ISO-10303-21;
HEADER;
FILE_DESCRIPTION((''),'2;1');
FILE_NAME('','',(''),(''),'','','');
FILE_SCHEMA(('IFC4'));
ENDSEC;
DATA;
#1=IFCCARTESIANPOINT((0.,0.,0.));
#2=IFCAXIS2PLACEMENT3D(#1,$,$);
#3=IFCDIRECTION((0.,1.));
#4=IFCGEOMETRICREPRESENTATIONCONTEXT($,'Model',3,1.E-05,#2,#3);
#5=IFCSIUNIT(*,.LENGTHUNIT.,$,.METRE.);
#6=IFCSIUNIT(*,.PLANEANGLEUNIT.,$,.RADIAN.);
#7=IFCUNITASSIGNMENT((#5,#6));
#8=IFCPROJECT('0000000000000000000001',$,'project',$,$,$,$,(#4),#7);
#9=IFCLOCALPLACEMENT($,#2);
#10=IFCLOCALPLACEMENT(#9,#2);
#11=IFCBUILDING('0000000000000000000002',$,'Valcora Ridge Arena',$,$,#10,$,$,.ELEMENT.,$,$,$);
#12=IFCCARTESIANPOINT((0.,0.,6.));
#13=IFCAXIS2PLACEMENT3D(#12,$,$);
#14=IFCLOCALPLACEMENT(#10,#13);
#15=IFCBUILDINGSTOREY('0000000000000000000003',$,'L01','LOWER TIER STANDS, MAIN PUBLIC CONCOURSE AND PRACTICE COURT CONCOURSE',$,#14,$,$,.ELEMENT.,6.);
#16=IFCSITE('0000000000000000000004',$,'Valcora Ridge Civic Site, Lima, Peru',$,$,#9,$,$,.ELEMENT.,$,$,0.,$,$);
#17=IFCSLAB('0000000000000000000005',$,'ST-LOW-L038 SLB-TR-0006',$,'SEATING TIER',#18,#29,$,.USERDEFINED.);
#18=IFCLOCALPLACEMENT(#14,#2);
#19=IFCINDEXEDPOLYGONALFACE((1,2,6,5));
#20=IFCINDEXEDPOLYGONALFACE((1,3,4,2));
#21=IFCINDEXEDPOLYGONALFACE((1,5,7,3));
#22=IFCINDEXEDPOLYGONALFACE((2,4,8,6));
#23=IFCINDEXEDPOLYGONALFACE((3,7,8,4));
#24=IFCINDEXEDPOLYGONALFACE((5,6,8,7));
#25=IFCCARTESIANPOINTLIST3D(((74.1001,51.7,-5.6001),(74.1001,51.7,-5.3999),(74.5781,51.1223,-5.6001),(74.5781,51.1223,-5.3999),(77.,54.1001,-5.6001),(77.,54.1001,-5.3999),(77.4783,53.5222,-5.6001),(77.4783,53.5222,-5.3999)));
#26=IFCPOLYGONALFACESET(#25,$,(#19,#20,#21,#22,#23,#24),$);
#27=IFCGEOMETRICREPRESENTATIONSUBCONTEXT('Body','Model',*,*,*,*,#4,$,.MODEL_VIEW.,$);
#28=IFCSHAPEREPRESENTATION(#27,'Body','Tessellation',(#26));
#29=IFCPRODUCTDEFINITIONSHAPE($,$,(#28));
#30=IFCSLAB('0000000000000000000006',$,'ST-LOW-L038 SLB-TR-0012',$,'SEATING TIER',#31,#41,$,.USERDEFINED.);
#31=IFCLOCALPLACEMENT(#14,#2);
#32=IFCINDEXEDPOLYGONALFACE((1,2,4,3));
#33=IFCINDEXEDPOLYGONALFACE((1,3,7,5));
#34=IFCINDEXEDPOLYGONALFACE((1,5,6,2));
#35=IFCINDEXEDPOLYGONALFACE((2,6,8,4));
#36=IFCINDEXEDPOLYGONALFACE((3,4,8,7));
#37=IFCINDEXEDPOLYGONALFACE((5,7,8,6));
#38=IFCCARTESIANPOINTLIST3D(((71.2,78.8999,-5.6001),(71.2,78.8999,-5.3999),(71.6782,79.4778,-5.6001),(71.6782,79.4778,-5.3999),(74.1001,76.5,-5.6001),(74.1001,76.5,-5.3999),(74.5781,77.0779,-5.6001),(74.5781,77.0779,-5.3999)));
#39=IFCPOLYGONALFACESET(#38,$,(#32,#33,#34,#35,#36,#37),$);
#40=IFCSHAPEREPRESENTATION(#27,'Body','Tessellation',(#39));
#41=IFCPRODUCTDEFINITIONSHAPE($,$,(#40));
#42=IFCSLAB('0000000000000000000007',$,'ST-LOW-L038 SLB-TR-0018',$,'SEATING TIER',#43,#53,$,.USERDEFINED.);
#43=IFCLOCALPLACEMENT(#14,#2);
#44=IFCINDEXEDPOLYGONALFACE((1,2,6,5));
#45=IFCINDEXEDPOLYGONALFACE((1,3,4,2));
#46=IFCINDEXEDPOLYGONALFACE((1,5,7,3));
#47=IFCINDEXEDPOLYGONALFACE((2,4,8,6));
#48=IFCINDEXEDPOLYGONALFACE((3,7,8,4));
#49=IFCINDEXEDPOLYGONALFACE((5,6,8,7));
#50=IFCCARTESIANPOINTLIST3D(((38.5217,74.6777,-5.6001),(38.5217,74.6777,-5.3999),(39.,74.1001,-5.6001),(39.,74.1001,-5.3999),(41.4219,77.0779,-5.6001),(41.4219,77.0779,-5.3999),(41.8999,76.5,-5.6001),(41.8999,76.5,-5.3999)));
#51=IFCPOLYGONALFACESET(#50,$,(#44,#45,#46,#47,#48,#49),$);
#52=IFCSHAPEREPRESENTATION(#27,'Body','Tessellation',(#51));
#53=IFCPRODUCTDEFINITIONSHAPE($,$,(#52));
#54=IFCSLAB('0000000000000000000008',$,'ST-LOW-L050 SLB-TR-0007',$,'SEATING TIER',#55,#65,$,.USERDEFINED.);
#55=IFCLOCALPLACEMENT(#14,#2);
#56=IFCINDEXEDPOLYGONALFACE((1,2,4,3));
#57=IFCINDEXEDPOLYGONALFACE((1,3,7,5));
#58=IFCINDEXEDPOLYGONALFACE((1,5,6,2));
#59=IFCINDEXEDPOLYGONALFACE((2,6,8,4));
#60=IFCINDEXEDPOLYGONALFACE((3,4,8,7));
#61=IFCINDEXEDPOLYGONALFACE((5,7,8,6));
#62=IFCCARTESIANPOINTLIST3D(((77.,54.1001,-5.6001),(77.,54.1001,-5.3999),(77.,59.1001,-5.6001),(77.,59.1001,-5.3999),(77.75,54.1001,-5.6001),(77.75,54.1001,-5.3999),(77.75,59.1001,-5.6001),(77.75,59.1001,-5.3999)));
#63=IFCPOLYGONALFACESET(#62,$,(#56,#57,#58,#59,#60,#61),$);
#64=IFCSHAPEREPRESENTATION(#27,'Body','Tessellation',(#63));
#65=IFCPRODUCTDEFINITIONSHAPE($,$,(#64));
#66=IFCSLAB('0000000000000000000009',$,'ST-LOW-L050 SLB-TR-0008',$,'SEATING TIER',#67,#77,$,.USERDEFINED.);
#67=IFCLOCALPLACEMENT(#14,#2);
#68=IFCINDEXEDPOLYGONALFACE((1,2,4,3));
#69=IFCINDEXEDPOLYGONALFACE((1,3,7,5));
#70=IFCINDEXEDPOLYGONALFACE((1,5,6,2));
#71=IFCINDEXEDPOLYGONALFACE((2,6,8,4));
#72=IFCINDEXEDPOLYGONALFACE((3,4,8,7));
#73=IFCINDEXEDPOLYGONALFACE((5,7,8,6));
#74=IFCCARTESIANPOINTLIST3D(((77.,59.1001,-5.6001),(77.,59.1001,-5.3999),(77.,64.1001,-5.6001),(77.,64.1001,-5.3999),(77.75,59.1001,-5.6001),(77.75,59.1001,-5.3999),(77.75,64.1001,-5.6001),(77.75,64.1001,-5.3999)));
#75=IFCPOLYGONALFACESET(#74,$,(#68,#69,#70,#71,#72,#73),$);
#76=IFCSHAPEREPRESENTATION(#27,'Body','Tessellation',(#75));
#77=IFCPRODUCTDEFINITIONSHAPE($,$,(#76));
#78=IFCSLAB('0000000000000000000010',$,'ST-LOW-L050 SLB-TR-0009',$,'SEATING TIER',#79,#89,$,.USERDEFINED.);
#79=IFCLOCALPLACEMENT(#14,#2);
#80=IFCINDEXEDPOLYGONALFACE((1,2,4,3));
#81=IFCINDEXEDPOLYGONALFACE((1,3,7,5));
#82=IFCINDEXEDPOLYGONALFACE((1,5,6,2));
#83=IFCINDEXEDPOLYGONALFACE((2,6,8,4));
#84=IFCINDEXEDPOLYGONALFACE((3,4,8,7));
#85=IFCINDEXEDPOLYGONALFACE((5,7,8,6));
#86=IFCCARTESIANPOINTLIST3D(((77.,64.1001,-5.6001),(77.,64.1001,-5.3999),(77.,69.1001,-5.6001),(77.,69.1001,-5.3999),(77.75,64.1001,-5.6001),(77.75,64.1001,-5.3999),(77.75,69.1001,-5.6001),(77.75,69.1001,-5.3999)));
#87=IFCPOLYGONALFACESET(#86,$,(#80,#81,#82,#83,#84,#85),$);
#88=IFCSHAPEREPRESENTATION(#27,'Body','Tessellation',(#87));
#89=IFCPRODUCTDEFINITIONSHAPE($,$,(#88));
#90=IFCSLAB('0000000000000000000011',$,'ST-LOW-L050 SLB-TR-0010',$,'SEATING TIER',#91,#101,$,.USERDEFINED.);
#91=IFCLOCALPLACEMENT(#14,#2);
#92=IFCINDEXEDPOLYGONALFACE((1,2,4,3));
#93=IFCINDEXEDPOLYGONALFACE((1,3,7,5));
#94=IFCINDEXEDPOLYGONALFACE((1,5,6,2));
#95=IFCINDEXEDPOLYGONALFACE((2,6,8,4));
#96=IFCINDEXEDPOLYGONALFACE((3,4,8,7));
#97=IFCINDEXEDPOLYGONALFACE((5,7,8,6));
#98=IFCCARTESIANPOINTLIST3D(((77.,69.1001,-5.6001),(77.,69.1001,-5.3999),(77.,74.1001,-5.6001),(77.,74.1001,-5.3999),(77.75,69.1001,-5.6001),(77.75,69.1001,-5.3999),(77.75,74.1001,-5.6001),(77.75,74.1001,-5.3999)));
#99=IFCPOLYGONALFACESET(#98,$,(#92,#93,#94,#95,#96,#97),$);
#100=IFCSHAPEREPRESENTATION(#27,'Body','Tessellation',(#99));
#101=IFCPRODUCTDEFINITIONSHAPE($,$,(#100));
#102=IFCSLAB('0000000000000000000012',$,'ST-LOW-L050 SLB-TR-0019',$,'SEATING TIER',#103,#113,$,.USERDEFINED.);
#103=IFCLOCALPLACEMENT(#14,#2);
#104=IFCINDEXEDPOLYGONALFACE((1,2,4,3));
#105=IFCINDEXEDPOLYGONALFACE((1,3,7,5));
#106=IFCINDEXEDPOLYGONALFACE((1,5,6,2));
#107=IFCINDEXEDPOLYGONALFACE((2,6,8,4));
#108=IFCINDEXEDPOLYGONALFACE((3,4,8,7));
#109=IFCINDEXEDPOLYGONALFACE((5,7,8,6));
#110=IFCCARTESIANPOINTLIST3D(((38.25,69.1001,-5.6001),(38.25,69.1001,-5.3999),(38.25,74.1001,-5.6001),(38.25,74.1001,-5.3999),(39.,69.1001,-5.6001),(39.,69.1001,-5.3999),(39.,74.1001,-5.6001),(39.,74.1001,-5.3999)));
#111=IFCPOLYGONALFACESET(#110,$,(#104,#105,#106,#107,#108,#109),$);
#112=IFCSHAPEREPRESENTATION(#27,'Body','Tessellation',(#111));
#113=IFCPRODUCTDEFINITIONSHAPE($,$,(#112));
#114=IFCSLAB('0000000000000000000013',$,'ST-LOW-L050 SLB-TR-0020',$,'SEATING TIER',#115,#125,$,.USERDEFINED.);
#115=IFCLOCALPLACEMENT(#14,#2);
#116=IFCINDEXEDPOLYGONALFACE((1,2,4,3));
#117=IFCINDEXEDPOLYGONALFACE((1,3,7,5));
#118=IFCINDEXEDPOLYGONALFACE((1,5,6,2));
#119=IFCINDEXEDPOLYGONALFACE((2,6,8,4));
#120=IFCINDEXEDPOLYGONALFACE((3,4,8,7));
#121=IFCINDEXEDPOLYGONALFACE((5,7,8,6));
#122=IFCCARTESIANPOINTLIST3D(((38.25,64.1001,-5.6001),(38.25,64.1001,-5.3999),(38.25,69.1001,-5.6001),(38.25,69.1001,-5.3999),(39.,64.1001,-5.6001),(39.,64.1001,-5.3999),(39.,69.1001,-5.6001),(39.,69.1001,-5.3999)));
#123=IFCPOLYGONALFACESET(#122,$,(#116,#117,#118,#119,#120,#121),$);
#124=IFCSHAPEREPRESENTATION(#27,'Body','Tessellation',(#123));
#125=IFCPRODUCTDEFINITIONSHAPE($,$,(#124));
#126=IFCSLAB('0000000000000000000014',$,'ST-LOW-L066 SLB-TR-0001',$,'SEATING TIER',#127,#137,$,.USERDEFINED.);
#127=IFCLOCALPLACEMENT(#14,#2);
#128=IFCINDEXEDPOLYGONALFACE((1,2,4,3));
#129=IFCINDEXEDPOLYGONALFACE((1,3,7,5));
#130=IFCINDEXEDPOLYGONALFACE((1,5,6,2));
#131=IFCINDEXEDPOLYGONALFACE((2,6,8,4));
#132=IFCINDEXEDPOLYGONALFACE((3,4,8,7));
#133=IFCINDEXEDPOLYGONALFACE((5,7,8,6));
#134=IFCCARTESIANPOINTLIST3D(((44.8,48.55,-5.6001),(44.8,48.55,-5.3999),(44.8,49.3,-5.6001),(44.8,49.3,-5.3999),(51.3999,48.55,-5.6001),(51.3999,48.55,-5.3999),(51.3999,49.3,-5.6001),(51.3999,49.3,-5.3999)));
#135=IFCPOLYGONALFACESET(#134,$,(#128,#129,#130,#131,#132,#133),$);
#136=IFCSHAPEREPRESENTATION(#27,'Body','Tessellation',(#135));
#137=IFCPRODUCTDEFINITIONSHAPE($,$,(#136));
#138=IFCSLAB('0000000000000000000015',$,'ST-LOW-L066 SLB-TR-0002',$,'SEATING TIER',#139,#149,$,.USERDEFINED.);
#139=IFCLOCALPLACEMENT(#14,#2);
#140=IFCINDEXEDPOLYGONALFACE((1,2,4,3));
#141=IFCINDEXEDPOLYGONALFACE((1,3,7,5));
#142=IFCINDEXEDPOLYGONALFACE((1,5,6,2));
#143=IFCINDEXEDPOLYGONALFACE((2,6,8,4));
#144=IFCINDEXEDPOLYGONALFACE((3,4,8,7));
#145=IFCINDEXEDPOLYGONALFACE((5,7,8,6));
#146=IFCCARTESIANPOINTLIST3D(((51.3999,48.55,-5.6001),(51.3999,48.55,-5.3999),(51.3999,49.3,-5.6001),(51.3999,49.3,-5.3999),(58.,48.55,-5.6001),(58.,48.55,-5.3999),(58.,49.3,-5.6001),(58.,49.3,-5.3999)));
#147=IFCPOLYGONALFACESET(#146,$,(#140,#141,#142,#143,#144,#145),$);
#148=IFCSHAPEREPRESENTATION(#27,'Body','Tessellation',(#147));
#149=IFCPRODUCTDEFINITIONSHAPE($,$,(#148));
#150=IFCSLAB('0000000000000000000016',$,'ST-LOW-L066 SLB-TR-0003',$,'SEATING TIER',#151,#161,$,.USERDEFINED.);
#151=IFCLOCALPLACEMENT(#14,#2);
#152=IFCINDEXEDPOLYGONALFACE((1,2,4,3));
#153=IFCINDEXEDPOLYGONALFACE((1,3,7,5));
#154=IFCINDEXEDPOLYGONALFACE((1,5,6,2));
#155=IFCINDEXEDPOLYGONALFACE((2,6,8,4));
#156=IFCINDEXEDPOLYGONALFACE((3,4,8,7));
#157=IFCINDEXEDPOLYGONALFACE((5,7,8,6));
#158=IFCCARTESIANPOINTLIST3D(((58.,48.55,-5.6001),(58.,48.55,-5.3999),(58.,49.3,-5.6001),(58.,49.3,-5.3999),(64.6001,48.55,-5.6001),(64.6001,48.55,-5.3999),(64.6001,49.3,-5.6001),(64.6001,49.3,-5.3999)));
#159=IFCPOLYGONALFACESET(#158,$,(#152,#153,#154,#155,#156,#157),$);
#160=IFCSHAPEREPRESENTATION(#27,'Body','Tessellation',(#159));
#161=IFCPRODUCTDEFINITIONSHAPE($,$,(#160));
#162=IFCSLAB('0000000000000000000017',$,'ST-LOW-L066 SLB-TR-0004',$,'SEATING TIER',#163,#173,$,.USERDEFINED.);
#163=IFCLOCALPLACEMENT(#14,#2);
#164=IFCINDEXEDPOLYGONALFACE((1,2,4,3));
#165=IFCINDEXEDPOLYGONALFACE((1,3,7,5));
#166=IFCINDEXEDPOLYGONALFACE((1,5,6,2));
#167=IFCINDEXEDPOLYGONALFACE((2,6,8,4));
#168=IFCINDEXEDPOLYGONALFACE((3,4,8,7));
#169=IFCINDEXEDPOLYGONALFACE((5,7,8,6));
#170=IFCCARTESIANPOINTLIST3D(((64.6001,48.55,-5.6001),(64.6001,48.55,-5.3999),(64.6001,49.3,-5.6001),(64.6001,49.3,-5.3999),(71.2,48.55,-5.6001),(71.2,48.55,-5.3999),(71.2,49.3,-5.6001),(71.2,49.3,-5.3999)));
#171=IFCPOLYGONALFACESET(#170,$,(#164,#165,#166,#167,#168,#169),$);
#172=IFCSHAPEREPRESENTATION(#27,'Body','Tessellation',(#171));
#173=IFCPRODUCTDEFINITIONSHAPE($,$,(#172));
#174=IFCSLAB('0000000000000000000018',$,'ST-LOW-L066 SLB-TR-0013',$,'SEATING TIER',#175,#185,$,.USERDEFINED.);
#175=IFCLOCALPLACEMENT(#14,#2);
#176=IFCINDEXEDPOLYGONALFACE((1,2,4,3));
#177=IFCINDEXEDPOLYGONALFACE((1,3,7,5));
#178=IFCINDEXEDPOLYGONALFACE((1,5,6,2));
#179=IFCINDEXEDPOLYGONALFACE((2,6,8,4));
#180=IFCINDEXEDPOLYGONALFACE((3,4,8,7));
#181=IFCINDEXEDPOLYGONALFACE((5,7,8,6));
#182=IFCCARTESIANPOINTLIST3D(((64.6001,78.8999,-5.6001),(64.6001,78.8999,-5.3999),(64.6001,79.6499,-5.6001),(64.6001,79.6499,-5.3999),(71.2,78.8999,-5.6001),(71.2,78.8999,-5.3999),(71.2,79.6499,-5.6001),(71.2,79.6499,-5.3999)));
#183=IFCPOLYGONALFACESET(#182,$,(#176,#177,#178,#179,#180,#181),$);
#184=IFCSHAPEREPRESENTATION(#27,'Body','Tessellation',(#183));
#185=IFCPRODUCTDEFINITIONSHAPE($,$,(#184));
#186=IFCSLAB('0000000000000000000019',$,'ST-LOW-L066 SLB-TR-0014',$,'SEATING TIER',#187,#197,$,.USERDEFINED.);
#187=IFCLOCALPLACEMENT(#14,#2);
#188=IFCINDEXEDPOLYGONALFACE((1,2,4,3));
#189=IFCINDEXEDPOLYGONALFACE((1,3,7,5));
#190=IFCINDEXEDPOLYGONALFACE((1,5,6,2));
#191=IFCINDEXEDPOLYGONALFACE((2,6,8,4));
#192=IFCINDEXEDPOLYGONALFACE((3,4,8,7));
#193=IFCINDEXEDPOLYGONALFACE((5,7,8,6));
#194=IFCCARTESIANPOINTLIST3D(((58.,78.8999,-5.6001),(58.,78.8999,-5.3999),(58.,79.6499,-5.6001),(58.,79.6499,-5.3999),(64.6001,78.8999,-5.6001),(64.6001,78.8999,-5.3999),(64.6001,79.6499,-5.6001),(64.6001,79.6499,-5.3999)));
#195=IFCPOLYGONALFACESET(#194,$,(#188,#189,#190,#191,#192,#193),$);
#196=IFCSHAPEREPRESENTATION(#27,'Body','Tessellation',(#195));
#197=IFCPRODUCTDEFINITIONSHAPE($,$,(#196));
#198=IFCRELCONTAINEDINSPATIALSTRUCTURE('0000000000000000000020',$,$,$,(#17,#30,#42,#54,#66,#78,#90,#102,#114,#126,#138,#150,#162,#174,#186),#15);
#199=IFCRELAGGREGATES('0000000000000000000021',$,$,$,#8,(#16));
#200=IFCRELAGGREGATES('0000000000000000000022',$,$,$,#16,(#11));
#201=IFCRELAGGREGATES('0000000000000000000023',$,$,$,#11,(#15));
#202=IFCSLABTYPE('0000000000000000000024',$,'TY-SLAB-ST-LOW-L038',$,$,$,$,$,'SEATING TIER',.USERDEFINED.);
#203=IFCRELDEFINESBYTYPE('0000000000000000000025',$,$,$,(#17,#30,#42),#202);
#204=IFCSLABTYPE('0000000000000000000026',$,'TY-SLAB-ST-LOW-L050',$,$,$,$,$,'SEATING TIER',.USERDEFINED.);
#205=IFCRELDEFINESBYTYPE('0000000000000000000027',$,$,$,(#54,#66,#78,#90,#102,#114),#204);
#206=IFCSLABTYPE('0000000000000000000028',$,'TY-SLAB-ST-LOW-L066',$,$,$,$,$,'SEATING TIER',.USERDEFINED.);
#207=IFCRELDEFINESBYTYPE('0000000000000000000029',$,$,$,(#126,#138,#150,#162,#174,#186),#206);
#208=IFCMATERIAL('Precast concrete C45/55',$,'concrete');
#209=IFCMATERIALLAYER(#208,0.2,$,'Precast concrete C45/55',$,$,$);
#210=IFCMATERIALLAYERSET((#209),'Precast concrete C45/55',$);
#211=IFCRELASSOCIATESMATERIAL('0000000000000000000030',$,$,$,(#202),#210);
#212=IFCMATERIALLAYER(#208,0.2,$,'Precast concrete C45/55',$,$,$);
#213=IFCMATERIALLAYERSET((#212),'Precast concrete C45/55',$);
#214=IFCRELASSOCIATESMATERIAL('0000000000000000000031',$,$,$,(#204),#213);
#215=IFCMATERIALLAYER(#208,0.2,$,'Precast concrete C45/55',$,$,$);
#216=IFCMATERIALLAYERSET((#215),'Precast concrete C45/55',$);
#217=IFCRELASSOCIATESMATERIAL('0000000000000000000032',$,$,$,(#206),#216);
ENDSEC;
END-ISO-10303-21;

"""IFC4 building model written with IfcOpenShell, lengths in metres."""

from ifc_helpers import new_model, si_unit, direction, frame, origin, place, context, subcontext, project, spatial, polyline, outline, extrude, material, layer, layer_set, type_object, element, save


model = new_model("IFC4")

# Units and contexts
model_context = context("Model", 3, precision=1e-05, world=origin(), true_north=direction((0.0, 1.0)))
body_context = subcontext(model_context, "Body", "Model", "MODEL_VIEW")
ifc_project = project(units=[si_unit("LENGTHUNIT", "METRE"), si_unit("PLANEANGLEUNIT", "RADIAN")], contexts=[model_context])

# Site, building, storey
site_placement = place(None, origin())
site = spatial("IfcSite", under=ifc_project, at=site_placement, Name="Valcora Ridge Civic Site, Lima, Peru", CompositionType="ELEMENT", RefElevation=0.0)
building_placement = place(site_placement, origin())
building = spatial("IfcBuilding", under=site, at=building_placement, Name="Valcora Ridge Arena", CompositionType="ELEMENT")
storey_placement = place(building_placement, frame((0.0, 0.0, 6.0)))
storey = spatial("IfcBuildingStorey", under=building, at=storey_placement, Name="L01", Description="LOWER TIER STANDS, MAIN PUBLIC CONCOURSE AND PRACTICE COURT CONCOURSE", CompositionType="ELEMENT", Elevation=6.0)

# Slabs
ifc_material = material(Name="Precast concrete C45/55", Category="concrete")
ifc_layer_1 = layer(ifc_material, 0.2, Name="Precast concrete C45/55")
ifc_layer_set_1 = layer_set([ifc_layer_1], Name="Precast concrete C45/55")
slab_type_1 = type_object("IfcSlabType", Name="TY-SLAB-ST-LOW-L038", ElementType="SEATING TIER", PredefinedType="USERDEFINED", material=ifc_layer_set_1)
slab_1_placement = place(storey_placement, frame((0.0, 0.0, -5.6001)))
element("IfcSlab", 1, at=slab_1_placement, inside=storey, type_object=slab_type_1, Name="ST-LOW-L038 SLB-TR-0006", ObjectType="SEATING TIER", PredefinedType="USERDEFINED", context=body_context, shape_type="SweptSolid", body=[
    extrude(outline(polyline([(74.1001, 51.7), (77.0, 54.1001), (77.4783, 53.5222), (74.5781, 51.1223), (74.1001, 51.7)])), origin(), (0.0, 0.0, 1.0), 0.2002),
])
slab_2_placement = place(storey_placement, frame((0.0, 0.0, -5.6001)))
element("IfcSlab", 2, at=slab_2_placement, inside=storey, type_object=slab_type_1, Name="ST-LOW-L038 SLB-TR-0012", ObjectType="SEATING TIER", PredefinedType="USERDEFINED", context=body_context, shape_type="SweptSolid", body=[
    extrude(outline(polyline([(74.1001, 76.5), (71.2, 78.8999), (71.6782, 79.4778), (74.5781, 77.0779), (74.1001, 76.5)])), origin(), (0.0, 0.0, 1.0), 0.2002),
])
slab_3_placement = place(storey_placement, frame((0.0, 0.0, -5.6001)))
element("IfcSlab", 3, at=slab_3_placement, inside=storey, type_object=slab_type_1, Name="ST-LOW-L038 SLB-TR-0018", ObjectType="SEATING TIER", PredefinedType="USERDEFINED", context=body_context, shape_type="SweptSolid", body=[
    extrude(outline(polyline([(41.8999, 76.5), (39.0, 74.1001), (38.5217, 74.6777), (41.4219, 77.0779), (41.8999, 76.5)])), origin(), (0.0, 0.0, 1.0), 0.2002),
])
ifc_layer_2 = layer(ifc_material, 0.2, Name="Precast concrete C45/55")
ifc_layer_set_2 = layer_set([ifc_layer_2], Name="Precast concrete C45/55")
slab_type_2 = type_object("IfcSlabType", Name="TY-SLAB-ST-LOW-L050", ElementType="SEATING TIER", PredefinedType="USERDEFINED", material=ifc_layer_set_2)
slab_4_placement = place(storey_placement, frame((0.0, 0.0, -5.6001)))
element("IfcSlab", 4, at=slab_4_placement, inside=storey, type_object=slab_type_2, Name="ST-LOW-L050 SLB-TR-0007", ObjectType="SEATING TIER", PredefinedType="USERDEFINED", context=body_context, shape_type="SweptSolid", body=[
    extrude(outline(polyline([(77.0, 54.1001), (77.0, 59.1001), (77.75, 59.1001), (77.75, 54.1001), (77.0, 54.1001)])), origin(), (0.0, 0.0, 1.0), 0.2002),
])
slab_5_placement = place(storey_placement, frame((0.0, 0.0, -5.6001)))
element("IfcSlab", 5, at=slab_5_placement, inside=storey, type_object=slab_type_2, Name="ST-LOW-L050 SLB-TR-0008", ObjectType="SEATING TIER", PredefinedType="USERDEFINED", context=body_context, shape_type="SweptSolid", body=[
    extrude(outline(polyline([(77.0, 59.1001), (77.0, 64.1001), (77.75, 64.1001), (77.75, 59.1001), (77.0, 59.1001)])), origin(), (0.0, 0.0, 1.0), 0.2002),
])
slab_6_placement = place(storey_placement, frame((0.0, 0.0, -5.6001)))
element("IfcSlab", 6, at=slab_6_placement, inside=storey, type_object=slab_type_2, Name="ST-LOW-L050 SLB-TR-0009", ObjectType="SEATING TIER", PredefinedType="USERDEFINED", context=body_context, shape_type="SweptSolid", body=[
    extrude(outline(polyline([(77.0, 64.1001), (77.0, 69.1001), (77.75, 69.1001), (77.75, 64.1001), (77.0, 64.1001)])), origin(), (0.0, 0.0, 1.0), 0.2002),
])
slab_7_placement = place(storey_placement, frame((0.0, 0.0, -5.6001)))
element("IfcSlab", 7, at=slab_7_placement, inside=storey, type_object=slab_type_2, Name="ST-LOW-L050 SLB-TR-0010", ObjectType="SEATING TIER", PredefinedType="USERDEFINED", context=body_context, shape_type="SweptSolid", body=[
    extrude(outline(polyline([(77.0, 69.1001), (77.0, 74.1001), (77.75, 74.1001), (77.75, 69.1001), (77.0, 69.1001)])), origin(), (0.0, 0.0, 1.0), 0.2002),
])
slab_8_placement = place(storey_placement, frame((0.0, 0.0, -5.6001)))
element("IfcSlab", 8, at=slab_8_placement, inside=storey, type_object=slab_type_2, Name="ST-LOW-L050 SLB-TR-0019", ObjectType="SEATING TIER", PredefinedType="USERDEFINED", context=body_context, shape_type="SweptSolid", body=[
    extrude(outline(polyline([(39.0, 74.1001), (39.0, 69.1001), (38.25, 69.1001), (38.25, 74.1001), (39.0, 74.1001)])), origin(), (0.0, 0.0, 1.0), 0.2002),
])
slab_9_placement = place(storey_placement, frame((0.0, 0.0, -5.6001)))
element("IfcSlab", 9, at=slab_9_placement, inside=storey, type_object=slab_type_2, Name="ST-LOW-L050 SLB-TR-0020", ObjectType="SEATING TIER", PredefinedType="USERDEFINED", context=body_context, shape_type="SweptSolid", body=[
    extrude(outline(polyline([(39.0, 69.1001), (39.0, 64.1001), (38.25, 64.1001), (38.25, 69.1001), (39.0, 69.1001)])), origin(), (0.0, 0.0, 1.0), 0.2002),
])
ifc_layer_3 = layer(ifc_material, 0.2, Name="Precast concrete C45/55")
ifc_layer_set_3 = layer_set([ifc_layer_3], Name="Precast concrete C45/55")
slab_type_3 = type_object("IfcSlabType", Name="TY-SLAB-ST-LOW-L066", ElementType="SEATING TIER", PredefinedType="USERDEFINED", material=ifc_layer_set_3)
slab_10_placement = place(storey_placement, frame((0.0, 0.0, -5.6001)))
element("IfcSlab", 10, at=slab_10_placement, inside=storey, type_object=slab_type_3, Name="ST-LOW-L066 SLB-TR-0001", ObjectType="SEATING TIER", PredefinedType="USERDEFINED", context=body_context, shape_type="SweptSolid", body=[
    extrude(outline(polyline([(44.8, 49.3), (51.3999, 49.3), (51.3999, 48.55), (44.8, 48.55), (44.8, 49.3)])), origin(), (0.0, 0.0, 1.0), 0.2002),
])
slab_11_placement = place(storey_placement, frame((0.0, 0.0, -5.6001)))
element("IfcSlab", 11, at=slab_11_placement, inside=storey, type_object=slab_type_3, Name="ST-LOW-L066 SLB-TR-0002", ObjectType="SEATING TIER", PredefinedType="USERDEFINED", context=body_context, shape_type="SweptSolid", body=[
    extrude(outline(polyline([(51.3999, 49.3), (58.0, 49.3), (58.0, 48.55), (51.3999, 48.55), (51.3999, 49.3)])), origin(), (0.0, 0.0, 1.0), 0.2002),
])
slab_12_placement = place(storey_placement, frame((0.0, 0.0, -5.6001)))
element("IfcSlab", 12, at=slab_12_placement, inside=storey, type_object=slab_type_3, Name="ST-LOW-L066 SLB-TR-0003", ObjectType="SEATING TIER", PredefinedType="USERDEFINED", context=body_context, shape_type="SweptSolid", body=[
    extrude(outline(polyline([(58.0, 49.3), (64.6001, 49.3), (64.6001, 48.55), (58.0, 48.55), (58.0, 49.3)])), origin(), (0.0, 0.0, 1.0), 0.2002),
])
slab_13_placement = place(storey_placement, frame((0.0, 0.0, -5.6001)))
element("IfcSlab", 13, at=slab_13_placement, inside=storey, type_object=slab_type_3, Name="ST-LOW-L066 SLB-TR-0004", ObjectType="SEATING TIER", PredefinedType="USERDEFINED", context=body_context, shape_type="SweptSolid", body=[
    extrude(outline(polyline([(64.6001, 49.3), (71.2, 49.3), (71.2, 48.55), (64.6001, 48.55), (64.6001, 49.3)])), origin(), (0.0, 0.0, 1.0), 0.2002),
])
slab_14_placement = place(storey_placement, frame((0.0, 0.0, -5.6001)))
element("IfcSlab", 14, at=slab_14_placement, inside=storey, type_object=slab_type_3, Name="ST-LOW-L066 SLB-TR-0013", ObjectType="SEATING TIER", PredefinedType="USERDEFINED", context=body_context, shape_type="SweptSolid", body=[
    extrude(outline(polyline([(71.2, 78.8999), (64.6001, 78.8999), (64.6001, 79.6499), (71.2, 79.6499), (71.2, 78.8999)])), origin(), (0.0, 0.0, 1.0), 0.2002),
])
slab_15_placement = place(storey_placement, frame((0.0, 0.0, -5.6001)))
element("IfcSlab", 15, at=slab_15_placement, inside=storey, type_object=slab_type_3, Name="ST-LOW-L066 SLB-TR-0014", ObjectType="SEATING TIER", PredefinedType="USERDEFINED", context=body_context, shape_type="SweptSolid", body=[
    extrude(outline(polyline([(64.6001, 78.8999), (58.0, 78.8999), (58.0, 79.6499), (64.6001, 79.6499), (64.6001, 78.8999)])), origin(), (0.0, 0.0, 1.0), 0.2002),
])

save(model, "model.ifc")
